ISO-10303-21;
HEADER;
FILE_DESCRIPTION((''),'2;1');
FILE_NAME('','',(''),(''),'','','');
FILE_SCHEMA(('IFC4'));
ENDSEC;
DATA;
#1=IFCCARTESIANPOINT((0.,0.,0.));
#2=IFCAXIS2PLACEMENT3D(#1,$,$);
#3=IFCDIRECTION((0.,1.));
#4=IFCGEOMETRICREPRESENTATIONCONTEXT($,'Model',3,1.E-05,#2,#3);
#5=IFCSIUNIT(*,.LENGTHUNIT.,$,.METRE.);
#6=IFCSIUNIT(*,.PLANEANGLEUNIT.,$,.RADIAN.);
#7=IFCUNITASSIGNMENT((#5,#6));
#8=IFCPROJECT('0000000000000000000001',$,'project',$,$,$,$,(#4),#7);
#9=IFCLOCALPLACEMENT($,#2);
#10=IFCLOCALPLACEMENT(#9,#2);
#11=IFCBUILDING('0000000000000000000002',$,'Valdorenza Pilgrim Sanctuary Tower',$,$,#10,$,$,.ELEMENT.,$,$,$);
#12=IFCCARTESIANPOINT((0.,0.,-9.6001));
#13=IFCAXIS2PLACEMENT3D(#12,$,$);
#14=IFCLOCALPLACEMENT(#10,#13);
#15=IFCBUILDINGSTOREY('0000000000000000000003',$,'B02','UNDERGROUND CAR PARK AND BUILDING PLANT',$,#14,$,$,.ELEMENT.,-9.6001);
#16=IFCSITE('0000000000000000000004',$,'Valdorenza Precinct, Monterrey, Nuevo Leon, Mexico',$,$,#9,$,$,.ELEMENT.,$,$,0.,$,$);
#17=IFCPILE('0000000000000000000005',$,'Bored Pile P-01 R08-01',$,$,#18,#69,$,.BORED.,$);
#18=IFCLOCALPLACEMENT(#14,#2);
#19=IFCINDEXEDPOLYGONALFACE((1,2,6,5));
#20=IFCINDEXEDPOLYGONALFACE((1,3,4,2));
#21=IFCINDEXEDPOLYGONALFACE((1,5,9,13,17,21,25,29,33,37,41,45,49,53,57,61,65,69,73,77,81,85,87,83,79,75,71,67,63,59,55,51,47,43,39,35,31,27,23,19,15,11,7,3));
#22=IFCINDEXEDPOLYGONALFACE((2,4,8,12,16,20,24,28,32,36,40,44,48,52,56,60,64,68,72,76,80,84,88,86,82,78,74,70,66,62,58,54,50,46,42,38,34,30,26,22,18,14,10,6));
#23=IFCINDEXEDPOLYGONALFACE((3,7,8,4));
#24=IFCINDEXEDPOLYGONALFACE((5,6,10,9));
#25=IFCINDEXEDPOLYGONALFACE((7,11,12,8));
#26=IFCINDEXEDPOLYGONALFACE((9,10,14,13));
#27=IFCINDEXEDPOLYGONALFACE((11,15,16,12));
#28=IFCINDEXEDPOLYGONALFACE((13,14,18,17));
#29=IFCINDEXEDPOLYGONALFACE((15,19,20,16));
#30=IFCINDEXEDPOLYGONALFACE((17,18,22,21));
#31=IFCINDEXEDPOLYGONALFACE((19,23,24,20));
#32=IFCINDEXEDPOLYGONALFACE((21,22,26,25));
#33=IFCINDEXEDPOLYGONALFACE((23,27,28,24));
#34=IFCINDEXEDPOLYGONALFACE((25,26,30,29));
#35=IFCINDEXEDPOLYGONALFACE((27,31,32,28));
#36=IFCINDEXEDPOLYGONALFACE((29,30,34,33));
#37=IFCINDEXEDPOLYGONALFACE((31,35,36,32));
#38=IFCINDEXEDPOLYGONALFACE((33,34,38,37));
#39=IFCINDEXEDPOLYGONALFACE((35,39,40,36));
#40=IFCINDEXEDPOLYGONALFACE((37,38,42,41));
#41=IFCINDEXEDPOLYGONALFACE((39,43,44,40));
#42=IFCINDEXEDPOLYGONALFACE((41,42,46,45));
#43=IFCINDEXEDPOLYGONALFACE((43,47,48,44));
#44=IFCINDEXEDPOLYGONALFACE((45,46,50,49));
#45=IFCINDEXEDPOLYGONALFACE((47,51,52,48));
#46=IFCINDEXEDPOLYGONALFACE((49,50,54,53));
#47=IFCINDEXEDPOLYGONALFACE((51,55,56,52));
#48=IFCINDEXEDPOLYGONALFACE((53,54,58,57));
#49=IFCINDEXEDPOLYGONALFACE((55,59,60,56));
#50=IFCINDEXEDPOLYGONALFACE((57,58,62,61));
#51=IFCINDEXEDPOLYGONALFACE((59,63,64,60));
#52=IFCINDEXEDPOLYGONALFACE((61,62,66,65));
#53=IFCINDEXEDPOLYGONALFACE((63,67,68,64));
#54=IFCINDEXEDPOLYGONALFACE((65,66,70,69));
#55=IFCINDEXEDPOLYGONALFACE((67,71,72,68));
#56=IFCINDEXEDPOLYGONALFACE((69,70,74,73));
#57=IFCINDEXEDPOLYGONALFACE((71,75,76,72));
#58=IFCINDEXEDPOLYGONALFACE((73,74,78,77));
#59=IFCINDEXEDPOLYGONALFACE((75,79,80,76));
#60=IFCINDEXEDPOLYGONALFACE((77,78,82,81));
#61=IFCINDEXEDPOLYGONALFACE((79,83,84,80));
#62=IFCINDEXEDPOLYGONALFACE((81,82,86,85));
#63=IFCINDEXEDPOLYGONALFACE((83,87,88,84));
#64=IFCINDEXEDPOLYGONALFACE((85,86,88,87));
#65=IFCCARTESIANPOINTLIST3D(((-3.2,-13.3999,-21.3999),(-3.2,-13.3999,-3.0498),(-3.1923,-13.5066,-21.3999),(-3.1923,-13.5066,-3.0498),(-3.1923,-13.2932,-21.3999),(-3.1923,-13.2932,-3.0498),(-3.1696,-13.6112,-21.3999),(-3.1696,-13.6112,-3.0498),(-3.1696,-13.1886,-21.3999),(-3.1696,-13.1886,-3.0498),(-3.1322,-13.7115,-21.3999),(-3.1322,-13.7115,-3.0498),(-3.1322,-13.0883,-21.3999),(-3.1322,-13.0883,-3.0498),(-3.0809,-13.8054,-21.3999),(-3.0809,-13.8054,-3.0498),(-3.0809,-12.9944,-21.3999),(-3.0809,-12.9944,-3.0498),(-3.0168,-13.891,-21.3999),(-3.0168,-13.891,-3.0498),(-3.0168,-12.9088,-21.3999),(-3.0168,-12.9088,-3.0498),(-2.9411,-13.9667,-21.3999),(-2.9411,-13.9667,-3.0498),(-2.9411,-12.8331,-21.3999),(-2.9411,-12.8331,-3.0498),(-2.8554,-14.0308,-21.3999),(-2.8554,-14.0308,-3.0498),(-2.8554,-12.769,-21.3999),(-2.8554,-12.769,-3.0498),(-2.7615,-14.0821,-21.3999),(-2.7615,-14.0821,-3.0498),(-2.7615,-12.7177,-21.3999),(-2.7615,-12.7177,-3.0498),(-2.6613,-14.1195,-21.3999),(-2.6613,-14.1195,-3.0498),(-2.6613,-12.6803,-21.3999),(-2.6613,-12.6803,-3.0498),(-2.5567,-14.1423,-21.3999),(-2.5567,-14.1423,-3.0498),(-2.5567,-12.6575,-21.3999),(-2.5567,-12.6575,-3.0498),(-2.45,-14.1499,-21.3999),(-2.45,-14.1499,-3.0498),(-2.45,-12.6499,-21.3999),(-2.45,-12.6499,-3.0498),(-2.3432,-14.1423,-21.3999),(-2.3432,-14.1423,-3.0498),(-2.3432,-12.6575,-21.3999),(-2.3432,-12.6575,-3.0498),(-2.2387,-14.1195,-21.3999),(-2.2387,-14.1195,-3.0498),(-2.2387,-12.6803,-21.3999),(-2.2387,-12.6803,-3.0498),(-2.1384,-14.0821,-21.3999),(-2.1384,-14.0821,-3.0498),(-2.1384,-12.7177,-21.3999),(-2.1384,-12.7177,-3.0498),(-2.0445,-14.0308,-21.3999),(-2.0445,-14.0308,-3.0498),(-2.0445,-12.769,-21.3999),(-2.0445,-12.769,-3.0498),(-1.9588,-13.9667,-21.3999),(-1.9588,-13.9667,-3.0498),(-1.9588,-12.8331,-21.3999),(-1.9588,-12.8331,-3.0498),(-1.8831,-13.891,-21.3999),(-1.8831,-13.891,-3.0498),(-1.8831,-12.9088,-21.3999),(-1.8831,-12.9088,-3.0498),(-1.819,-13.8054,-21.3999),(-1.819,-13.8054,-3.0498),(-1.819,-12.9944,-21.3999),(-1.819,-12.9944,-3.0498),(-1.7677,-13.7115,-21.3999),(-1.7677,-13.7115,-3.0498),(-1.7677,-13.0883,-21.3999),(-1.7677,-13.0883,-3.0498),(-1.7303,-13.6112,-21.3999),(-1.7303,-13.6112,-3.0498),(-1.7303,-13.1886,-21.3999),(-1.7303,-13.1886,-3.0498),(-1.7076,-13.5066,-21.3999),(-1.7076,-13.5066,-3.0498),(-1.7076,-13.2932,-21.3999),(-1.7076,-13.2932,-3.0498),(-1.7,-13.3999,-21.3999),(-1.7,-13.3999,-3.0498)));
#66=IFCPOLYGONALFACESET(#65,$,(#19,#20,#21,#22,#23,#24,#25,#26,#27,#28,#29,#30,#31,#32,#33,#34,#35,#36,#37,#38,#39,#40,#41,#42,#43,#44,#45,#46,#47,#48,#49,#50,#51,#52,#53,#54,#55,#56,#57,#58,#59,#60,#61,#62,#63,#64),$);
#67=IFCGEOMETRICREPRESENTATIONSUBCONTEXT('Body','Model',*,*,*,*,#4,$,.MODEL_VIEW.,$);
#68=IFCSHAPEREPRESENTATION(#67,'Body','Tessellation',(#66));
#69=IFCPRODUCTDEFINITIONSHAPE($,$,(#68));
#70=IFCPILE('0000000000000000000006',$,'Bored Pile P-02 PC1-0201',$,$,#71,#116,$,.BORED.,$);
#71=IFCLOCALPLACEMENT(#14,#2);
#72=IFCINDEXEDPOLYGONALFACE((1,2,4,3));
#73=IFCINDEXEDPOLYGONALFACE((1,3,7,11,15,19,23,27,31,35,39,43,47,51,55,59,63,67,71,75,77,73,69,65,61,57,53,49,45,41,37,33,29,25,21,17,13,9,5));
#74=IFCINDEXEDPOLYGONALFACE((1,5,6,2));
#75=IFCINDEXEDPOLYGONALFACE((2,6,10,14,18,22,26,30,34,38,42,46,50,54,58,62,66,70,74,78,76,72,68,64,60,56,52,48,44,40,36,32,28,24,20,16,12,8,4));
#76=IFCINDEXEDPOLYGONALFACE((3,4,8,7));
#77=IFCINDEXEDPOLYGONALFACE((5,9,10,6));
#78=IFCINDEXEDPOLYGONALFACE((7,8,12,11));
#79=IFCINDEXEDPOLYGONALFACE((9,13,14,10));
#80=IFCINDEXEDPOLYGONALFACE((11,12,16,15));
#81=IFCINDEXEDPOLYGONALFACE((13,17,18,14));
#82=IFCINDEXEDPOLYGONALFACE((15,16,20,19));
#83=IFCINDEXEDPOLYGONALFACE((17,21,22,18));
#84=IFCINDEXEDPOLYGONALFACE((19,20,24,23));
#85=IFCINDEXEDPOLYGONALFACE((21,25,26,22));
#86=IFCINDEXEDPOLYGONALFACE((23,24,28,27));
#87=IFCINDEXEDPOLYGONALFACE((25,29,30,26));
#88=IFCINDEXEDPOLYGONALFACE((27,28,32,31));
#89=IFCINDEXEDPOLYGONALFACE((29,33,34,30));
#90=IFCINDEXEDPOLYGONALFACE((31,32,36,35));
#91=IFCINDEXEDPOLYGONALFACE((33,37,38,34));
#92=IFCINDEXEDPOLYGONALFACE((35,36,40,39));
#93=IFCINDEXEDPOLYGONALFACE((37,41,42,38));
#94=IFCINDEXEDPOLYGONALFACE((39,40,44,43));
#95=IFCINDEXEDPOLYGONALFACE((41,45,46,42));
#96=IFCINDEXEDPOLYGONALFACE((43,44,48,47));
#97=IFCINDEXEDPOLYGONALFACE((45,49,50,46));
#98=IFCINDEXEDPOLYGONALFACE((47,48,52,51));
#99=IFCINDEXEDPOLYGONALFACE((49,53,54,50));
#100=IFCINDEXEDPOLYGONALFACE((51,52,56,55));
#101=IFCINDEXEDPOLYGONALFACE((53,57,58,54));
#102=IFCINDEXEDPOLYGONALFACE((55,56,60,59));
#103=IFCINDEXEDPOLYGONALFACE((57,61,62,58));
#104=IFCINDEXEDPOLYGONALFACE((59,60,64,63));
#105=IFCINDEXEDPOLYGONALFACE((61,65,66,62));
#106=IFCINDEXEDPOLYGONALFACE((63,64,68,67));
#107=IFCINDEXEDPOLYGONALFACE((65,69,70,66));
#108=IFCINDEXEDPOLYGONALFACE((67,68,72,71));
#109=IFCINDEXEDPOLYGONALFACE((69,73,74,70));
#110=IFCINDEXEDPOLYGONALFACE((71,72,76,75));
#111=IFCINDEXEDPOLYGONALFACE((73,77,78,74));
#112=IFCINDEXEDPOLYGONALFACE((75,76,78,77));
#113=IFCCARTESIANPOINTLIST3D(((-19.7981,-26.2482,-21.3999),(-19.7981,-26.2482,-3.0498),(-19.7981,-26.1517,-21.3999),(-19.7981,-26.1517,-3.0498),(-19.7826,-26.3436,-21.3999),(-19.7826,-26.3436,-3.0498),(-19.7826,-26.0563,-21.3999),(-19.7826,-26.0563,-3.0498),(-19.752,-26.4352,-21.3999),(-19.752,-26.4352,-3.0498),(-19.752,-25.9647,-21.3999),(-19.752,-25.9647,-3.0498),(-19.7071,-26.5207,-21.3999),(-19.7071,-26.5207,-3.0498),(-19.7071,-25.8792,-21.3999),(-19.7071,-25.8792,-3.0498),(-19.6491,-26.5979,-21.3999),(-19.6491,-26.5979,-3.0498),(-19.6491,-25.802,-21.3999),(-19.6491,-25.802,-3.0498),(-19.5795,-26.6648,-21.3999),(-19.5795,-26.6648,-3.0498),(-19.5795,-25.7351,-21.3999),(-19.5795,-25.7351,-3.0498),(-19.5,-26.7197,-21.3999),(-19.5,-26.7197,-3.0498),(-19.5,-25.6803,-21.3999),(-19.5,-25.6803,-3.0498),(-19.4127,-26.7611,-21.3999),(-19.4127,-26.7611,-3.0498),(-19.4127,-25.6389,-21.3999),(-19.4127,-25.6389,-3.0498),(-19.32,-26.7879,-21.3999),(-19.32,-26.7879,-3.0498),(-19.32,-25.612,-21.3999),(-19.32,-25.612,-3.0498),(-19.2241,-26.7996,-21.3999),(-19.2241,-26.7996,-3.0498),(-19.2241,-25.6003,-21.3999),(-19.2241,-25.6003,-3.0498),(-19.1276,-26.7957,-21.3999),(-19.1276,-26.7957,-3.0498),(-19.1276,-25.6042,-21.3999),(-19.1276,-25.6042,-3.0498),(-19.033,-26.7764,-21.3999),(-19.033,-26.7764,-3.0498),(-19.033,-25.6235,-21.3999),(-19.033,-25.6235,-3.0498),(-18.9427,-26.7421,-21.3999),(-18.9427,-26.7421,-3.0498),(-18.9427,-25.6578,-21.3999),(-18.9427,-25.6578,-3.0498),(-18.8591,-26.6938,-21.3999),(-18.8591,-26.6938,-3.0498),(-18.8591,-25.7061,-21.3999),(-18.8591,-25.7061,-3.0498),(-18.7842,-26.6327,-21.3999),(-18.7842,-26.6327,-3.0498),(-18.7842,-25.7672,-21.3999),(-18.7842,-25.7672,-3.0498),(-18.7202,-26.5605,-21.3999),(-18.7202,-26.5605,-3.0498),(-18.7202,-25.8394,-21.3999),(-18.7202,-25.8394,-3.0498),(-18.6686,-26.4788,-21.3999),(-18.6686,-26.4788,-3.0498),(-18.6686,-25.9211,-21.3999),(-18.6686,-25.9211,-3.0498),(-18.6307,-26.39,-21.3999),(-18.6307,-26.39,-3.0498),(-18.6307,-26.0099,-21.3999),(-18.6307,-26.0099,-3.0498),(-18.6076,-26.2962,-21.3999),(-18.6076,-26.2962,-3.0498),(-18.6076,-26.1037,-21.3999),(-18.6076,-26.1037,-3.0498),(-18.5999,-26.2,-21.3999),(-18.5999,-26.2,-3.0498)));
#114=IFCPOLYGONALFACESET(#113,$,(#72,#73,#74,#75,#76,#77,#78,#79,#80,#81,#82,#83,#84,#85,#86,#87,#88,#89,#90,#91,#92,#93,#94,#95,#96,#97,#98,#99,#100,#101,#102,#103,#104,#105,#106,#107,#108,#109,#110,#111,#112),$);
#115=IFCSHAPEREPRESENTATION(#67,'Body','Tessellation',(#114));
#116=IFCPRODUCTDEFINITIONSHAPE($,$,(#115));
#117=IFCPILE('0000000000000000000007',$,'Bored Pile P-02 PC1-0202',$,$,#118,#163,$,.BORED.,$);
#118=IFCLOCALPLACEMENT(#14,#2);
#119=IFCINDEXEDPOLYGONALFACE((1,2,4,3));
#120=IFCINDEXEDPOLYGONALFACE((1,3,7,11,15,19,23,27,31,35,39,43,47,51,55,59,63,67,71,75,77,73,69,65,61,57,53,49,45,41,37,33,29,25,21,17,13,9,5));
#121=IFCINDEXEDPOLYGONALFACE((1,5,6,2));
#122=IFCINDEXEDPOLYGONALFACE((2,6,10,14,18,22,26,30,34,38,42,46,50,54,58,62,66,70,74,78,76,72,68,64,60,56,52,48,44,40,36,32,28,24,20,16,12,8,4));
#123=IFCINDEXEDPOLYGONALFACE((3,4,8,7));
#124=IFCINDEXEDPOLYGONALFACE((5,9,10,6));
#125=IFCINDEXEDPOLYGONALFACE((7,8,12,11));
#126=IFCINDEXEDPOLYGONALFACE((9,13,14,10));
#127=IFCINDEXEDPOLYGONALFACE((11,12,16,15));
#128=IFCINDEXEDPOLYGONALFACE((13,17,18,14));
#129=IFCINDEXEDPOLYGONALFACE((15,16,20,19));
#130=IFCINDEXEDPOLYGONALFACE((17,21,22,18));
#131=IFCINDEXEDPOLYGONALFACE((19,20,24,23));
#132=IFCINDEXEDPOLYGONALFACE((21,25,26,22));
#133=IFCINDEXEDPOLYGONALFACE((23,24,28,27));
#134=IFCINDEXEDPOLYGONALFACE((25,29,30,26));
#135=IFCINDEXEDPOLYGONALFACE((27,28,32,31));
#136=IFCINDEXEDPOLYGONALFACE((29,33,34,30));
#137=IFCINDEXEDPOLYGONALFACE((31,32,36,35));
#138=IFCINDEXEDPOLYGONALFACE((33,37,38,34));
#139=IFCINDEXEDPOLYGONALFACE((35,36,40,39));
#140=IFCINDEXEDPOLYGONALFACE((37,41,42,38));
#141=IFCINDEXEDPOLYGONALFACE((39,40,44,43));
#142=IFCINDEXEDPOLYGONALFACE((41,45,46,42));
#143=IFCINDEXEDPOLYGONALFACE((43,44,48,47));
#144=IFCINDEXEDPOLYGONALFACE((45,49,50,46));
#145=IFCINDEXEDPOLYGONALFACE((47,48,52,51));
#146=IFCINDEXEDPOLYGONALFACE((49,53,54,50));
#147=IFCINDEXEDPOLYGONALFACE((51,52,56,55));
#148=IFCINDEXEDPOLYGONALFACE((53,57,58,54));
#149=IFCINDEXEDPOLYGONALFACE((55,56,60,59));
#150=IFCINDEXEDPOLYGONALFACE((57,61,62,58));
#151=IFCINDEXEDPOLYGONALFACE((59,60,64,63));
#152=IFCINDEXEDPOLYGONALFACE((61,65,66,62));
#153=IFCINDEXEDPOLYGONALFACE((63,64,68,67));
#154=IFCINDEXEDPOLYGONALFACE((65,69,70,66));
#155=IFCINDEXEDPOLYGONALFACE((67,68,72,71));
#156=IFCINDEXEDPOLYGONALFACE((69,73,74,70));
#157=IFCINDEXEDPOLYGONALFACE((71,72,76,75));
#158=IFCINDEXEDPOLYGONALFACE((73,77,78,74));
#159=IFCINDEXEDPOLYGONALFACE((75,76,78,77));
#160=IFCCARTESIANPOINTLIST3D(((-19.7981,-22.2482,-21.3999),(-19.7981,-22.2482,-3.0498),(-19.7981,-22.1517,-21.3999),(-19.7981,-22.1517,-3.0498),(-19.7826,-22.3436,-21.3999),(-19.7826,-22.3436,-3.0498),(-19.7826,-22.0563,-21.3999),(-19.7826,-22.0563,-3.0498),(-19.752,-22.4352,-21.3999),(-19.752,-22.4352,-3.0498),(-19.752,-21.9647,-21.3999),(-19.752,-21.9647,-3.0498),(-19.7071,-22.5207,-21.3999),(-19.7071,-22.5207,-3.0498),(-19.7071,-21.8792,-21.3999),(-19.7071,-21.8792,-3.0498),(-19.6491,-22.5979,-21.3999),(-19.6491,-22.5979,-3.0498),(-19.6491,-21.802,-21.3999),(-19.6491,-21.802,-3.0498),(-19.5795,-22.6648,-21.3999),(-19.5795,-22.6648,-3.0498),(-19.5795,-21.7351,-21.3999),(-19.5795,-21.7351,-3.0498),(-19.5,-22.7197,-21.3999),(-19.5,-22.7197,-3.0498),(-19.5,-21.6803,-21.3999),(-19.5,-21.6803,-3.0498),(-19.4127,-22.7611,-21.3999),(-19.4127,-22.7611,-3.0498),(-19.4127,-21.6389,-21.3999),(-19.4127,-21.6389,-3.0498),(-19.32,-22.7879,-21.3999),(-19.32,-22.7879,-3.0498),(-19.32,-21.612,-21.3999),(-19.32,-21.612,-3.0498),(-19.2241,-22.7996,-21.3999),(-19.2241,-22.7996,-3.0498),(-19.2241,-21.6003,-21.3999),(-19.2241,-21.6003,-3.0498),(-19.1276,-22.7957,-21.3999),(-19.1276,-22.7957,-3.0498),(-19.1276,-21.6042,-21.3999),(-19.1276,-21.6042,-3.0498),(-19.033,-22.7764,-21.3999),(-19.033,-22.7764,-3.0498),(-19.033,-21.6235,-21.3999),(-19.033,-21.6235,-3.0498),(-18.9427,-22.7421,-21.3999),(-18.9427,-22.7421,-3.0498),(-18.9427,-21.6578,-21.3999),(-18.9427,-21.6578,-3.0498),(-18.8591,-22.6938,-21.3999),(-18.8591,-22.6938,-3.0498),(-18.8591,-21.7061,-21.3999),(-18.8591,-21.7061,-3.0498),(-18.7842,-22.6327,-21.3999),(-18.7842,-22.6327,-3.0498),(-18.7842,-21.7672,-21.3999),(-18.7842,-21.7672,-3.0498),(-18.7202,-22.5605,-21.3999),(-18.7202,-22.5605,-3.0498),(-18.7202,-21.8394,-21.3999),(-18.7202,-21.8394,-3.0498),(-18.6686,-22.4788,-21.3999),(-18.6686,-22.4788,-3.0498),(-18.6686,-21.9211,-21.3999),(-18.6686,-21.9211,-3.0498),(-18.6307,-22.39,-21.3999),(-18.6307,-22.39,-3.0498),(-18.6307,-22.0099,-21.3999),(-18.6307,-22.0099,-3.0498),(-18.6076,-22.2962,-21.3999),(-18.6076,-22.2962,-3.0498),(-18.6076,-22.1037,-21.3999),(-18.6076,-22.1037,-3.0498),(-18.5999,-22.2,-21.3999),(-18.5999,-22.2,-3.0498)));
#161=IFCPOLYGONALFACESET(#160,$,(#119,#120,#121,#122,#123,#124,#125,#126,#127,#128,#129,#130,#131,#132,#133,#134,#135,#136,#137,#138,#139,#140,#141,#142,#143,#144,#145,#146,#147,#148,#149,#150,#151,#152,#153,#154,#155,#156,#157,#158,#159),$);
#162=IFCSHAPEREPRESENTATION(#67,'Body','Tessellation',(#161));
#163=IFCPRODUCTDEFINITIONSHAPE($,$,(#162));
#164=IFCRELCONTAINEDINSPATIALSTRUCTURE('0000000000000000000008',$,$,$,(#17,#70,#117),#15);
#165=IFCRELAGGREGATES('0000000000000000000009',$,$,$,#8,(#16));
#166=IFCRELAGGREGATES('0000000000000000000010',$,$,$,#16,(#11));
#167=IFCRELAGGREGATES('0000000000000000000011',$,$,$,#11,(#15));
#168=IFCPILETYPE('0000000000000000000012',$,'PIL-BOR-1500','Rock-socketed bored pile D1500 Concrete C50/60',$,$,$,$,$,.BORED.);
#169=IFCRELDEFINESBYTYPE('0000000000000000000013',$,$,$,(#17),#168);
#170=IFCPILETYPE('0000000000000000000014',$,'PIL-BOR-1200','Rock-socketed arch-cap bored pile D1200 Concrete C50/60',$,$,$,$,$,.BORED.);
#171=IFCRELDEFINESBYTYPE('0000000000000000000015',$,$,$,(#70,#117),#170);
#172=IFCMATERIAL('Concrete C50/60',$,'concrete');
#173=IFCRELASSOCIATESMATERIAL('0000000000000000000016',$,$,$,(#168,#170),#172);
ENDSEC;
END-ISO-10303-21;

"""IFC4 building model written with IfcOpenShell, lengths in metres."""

from ifc_helpers import new_model, si_unit, direction, frame, origin, origin_2d, place, context, subcontext, project, spatial, circle, extrude, source, transform, mapped, material, material_profile, profile_set, type_object, element, save


model = new_model("IFC4")

# Units and contexts
model_context = context("Model", 3, precision=1e-05, world=origin(), true_north=direction((0.0, 1.0)))
body_context = subcontext(model_context, "Body", "Model", "MODEL_VIEW")
ifc_project = project(units=[si_unit("LENGTHUNIT", "METRE"), si_unit("PLANEANGLEUNIT", "RADIAN")], contexts=[model_context])

# Site, building, storey
site_placement = place(None, origin())
site = spatial("IfcSite", under=ifc_project, at=site_placement, Name="Valdorenza Precinct, Monterrey, Nuevo Leon, Mexico", CompositionType="ELEMENT", RefElevation=0.0)
building_placement = place(site_placement, origin())
building = spatial("IfcBuilding", under=site, at=building_placement, Name="Valdorenza Pilgrim Sanctuary Tower", CompositionType="ELEMENT")
storey_placement = place(building_placement, frame((0.0, 0.0, -9.6001)))
storey = spatial("IfcBuildingStorey", under=building, at=storey_placement, Name="B02", Description="UNDERGROUND CAR PARK AND BUILDING PLANT", CompositionType="ELEMENT", Elevation=-9.6001)

# Shared definitions
ifc_material_1 = material(Name="Concrete C50/60", Category="concrete")

# Piles
ifc_material_profile_1 = material_profile(ifc_material_1, circle(Radius=0.75, at=origin_2d()), Name="BORED PILE 1500")
ifc_profile_set_1 = profile_set([ifc_material_profile_1], Name="Concrete C50/60")
pile_type_1 = type_object("IfcPileType", Name="PIL-BOR-1500", Description="Rock-socketed bored pile D1500 Concrete C50/60", PredefinedType="BORED", material=ifc_profile_set_1)
shared_shape_1 = source(origin(), body_context, "Body", "SweptSolid", [
    extrude(circle(Radius=0.75, at=origin_2d()), origin(), (0.0, 0.0, 1.0), 18.3501),
])
for number, where, z_axis, x_axis, name in (
    (1, (-2.45, -13.3999, -3.0498), (0.0, 0.0, -1.0), (1.0, 0.0, 0.0), "Bored Pile P-01 R08-01"),
):
    element("IfcPile", number, at=place(storey_placement, frame(where, z_axis=z_axis, x_axis=x_axis)), inside=storey, type_object=pile_type_1, Name=name, PredefinedType="BORED", context=body_context, shape_type="MappedRepresentation", body=[
        mapped(shared_shape_1, transform((0.0, 0.0, 0.0), x_axis=(1.0, 0.0, 0.0), y_axis=(0.0, 1.0, 0.0), z_axis=(0.0, 0.0, 1.0), scale=1.0)),
    ])
ifc_material_profile_2 = material_profile(ifc_material_1, circle(Radius=0.6001, at=origin_2d()), Name="BORED PILE 1200")
ifc_profile_set_2 = profile_set([ifc_material_profile_2], Name="Concrete C50/60")
pile_type_2 = type_object("IfcPileType", Name="PIL-BOR-1200", Description="Rock-socketed arch-cap bored pile D1200 Concrete C50/60", PredefinedType="BORED", material=ifc_profile_set_2)
shared_shape_2 = source(origin(), body_context, "Body", "SweptSolid", [
    extrude(circle(Radius=0.6001, at=origin_2d()), origin(), (0.0, 0.0, 1.0), 18.3501),
])
for number, where, z_axis, x_axis, name in (
    (2, (-19.2, -26.2, -3.0498), (0.0, 0.0, -1.0), (1.0, 0.0, 0.0), "Bored Pile P-02 PC1-0201"),
    (3, (-19.2, -22.2, -3.0498), (0.0, 0.0, -1.0), (1.0, 0.0, 0.0), "Bored Pile P-02 PC1-0202"),
):
    element("IfcPile", number, at=place(storey_placement, frame(where, z_axis=z_axis, x_axis=x_axis)), inside=storey, type_object=pile_type_2, Name=name, PredefinedType="BORED", context=body_context, shape_type="MappedRepresentation", body=[
        mapped(shared_shape_2, transform((0.0, 0.0, 0.0), x_axis=(1.0, 0.0, 0.0), y_axis=(0.0, 1.0, 0.0), z_axis=(0.0, 0.0, 1.0), scale=1.0)),
    ])

save(model, "model.ifc")
